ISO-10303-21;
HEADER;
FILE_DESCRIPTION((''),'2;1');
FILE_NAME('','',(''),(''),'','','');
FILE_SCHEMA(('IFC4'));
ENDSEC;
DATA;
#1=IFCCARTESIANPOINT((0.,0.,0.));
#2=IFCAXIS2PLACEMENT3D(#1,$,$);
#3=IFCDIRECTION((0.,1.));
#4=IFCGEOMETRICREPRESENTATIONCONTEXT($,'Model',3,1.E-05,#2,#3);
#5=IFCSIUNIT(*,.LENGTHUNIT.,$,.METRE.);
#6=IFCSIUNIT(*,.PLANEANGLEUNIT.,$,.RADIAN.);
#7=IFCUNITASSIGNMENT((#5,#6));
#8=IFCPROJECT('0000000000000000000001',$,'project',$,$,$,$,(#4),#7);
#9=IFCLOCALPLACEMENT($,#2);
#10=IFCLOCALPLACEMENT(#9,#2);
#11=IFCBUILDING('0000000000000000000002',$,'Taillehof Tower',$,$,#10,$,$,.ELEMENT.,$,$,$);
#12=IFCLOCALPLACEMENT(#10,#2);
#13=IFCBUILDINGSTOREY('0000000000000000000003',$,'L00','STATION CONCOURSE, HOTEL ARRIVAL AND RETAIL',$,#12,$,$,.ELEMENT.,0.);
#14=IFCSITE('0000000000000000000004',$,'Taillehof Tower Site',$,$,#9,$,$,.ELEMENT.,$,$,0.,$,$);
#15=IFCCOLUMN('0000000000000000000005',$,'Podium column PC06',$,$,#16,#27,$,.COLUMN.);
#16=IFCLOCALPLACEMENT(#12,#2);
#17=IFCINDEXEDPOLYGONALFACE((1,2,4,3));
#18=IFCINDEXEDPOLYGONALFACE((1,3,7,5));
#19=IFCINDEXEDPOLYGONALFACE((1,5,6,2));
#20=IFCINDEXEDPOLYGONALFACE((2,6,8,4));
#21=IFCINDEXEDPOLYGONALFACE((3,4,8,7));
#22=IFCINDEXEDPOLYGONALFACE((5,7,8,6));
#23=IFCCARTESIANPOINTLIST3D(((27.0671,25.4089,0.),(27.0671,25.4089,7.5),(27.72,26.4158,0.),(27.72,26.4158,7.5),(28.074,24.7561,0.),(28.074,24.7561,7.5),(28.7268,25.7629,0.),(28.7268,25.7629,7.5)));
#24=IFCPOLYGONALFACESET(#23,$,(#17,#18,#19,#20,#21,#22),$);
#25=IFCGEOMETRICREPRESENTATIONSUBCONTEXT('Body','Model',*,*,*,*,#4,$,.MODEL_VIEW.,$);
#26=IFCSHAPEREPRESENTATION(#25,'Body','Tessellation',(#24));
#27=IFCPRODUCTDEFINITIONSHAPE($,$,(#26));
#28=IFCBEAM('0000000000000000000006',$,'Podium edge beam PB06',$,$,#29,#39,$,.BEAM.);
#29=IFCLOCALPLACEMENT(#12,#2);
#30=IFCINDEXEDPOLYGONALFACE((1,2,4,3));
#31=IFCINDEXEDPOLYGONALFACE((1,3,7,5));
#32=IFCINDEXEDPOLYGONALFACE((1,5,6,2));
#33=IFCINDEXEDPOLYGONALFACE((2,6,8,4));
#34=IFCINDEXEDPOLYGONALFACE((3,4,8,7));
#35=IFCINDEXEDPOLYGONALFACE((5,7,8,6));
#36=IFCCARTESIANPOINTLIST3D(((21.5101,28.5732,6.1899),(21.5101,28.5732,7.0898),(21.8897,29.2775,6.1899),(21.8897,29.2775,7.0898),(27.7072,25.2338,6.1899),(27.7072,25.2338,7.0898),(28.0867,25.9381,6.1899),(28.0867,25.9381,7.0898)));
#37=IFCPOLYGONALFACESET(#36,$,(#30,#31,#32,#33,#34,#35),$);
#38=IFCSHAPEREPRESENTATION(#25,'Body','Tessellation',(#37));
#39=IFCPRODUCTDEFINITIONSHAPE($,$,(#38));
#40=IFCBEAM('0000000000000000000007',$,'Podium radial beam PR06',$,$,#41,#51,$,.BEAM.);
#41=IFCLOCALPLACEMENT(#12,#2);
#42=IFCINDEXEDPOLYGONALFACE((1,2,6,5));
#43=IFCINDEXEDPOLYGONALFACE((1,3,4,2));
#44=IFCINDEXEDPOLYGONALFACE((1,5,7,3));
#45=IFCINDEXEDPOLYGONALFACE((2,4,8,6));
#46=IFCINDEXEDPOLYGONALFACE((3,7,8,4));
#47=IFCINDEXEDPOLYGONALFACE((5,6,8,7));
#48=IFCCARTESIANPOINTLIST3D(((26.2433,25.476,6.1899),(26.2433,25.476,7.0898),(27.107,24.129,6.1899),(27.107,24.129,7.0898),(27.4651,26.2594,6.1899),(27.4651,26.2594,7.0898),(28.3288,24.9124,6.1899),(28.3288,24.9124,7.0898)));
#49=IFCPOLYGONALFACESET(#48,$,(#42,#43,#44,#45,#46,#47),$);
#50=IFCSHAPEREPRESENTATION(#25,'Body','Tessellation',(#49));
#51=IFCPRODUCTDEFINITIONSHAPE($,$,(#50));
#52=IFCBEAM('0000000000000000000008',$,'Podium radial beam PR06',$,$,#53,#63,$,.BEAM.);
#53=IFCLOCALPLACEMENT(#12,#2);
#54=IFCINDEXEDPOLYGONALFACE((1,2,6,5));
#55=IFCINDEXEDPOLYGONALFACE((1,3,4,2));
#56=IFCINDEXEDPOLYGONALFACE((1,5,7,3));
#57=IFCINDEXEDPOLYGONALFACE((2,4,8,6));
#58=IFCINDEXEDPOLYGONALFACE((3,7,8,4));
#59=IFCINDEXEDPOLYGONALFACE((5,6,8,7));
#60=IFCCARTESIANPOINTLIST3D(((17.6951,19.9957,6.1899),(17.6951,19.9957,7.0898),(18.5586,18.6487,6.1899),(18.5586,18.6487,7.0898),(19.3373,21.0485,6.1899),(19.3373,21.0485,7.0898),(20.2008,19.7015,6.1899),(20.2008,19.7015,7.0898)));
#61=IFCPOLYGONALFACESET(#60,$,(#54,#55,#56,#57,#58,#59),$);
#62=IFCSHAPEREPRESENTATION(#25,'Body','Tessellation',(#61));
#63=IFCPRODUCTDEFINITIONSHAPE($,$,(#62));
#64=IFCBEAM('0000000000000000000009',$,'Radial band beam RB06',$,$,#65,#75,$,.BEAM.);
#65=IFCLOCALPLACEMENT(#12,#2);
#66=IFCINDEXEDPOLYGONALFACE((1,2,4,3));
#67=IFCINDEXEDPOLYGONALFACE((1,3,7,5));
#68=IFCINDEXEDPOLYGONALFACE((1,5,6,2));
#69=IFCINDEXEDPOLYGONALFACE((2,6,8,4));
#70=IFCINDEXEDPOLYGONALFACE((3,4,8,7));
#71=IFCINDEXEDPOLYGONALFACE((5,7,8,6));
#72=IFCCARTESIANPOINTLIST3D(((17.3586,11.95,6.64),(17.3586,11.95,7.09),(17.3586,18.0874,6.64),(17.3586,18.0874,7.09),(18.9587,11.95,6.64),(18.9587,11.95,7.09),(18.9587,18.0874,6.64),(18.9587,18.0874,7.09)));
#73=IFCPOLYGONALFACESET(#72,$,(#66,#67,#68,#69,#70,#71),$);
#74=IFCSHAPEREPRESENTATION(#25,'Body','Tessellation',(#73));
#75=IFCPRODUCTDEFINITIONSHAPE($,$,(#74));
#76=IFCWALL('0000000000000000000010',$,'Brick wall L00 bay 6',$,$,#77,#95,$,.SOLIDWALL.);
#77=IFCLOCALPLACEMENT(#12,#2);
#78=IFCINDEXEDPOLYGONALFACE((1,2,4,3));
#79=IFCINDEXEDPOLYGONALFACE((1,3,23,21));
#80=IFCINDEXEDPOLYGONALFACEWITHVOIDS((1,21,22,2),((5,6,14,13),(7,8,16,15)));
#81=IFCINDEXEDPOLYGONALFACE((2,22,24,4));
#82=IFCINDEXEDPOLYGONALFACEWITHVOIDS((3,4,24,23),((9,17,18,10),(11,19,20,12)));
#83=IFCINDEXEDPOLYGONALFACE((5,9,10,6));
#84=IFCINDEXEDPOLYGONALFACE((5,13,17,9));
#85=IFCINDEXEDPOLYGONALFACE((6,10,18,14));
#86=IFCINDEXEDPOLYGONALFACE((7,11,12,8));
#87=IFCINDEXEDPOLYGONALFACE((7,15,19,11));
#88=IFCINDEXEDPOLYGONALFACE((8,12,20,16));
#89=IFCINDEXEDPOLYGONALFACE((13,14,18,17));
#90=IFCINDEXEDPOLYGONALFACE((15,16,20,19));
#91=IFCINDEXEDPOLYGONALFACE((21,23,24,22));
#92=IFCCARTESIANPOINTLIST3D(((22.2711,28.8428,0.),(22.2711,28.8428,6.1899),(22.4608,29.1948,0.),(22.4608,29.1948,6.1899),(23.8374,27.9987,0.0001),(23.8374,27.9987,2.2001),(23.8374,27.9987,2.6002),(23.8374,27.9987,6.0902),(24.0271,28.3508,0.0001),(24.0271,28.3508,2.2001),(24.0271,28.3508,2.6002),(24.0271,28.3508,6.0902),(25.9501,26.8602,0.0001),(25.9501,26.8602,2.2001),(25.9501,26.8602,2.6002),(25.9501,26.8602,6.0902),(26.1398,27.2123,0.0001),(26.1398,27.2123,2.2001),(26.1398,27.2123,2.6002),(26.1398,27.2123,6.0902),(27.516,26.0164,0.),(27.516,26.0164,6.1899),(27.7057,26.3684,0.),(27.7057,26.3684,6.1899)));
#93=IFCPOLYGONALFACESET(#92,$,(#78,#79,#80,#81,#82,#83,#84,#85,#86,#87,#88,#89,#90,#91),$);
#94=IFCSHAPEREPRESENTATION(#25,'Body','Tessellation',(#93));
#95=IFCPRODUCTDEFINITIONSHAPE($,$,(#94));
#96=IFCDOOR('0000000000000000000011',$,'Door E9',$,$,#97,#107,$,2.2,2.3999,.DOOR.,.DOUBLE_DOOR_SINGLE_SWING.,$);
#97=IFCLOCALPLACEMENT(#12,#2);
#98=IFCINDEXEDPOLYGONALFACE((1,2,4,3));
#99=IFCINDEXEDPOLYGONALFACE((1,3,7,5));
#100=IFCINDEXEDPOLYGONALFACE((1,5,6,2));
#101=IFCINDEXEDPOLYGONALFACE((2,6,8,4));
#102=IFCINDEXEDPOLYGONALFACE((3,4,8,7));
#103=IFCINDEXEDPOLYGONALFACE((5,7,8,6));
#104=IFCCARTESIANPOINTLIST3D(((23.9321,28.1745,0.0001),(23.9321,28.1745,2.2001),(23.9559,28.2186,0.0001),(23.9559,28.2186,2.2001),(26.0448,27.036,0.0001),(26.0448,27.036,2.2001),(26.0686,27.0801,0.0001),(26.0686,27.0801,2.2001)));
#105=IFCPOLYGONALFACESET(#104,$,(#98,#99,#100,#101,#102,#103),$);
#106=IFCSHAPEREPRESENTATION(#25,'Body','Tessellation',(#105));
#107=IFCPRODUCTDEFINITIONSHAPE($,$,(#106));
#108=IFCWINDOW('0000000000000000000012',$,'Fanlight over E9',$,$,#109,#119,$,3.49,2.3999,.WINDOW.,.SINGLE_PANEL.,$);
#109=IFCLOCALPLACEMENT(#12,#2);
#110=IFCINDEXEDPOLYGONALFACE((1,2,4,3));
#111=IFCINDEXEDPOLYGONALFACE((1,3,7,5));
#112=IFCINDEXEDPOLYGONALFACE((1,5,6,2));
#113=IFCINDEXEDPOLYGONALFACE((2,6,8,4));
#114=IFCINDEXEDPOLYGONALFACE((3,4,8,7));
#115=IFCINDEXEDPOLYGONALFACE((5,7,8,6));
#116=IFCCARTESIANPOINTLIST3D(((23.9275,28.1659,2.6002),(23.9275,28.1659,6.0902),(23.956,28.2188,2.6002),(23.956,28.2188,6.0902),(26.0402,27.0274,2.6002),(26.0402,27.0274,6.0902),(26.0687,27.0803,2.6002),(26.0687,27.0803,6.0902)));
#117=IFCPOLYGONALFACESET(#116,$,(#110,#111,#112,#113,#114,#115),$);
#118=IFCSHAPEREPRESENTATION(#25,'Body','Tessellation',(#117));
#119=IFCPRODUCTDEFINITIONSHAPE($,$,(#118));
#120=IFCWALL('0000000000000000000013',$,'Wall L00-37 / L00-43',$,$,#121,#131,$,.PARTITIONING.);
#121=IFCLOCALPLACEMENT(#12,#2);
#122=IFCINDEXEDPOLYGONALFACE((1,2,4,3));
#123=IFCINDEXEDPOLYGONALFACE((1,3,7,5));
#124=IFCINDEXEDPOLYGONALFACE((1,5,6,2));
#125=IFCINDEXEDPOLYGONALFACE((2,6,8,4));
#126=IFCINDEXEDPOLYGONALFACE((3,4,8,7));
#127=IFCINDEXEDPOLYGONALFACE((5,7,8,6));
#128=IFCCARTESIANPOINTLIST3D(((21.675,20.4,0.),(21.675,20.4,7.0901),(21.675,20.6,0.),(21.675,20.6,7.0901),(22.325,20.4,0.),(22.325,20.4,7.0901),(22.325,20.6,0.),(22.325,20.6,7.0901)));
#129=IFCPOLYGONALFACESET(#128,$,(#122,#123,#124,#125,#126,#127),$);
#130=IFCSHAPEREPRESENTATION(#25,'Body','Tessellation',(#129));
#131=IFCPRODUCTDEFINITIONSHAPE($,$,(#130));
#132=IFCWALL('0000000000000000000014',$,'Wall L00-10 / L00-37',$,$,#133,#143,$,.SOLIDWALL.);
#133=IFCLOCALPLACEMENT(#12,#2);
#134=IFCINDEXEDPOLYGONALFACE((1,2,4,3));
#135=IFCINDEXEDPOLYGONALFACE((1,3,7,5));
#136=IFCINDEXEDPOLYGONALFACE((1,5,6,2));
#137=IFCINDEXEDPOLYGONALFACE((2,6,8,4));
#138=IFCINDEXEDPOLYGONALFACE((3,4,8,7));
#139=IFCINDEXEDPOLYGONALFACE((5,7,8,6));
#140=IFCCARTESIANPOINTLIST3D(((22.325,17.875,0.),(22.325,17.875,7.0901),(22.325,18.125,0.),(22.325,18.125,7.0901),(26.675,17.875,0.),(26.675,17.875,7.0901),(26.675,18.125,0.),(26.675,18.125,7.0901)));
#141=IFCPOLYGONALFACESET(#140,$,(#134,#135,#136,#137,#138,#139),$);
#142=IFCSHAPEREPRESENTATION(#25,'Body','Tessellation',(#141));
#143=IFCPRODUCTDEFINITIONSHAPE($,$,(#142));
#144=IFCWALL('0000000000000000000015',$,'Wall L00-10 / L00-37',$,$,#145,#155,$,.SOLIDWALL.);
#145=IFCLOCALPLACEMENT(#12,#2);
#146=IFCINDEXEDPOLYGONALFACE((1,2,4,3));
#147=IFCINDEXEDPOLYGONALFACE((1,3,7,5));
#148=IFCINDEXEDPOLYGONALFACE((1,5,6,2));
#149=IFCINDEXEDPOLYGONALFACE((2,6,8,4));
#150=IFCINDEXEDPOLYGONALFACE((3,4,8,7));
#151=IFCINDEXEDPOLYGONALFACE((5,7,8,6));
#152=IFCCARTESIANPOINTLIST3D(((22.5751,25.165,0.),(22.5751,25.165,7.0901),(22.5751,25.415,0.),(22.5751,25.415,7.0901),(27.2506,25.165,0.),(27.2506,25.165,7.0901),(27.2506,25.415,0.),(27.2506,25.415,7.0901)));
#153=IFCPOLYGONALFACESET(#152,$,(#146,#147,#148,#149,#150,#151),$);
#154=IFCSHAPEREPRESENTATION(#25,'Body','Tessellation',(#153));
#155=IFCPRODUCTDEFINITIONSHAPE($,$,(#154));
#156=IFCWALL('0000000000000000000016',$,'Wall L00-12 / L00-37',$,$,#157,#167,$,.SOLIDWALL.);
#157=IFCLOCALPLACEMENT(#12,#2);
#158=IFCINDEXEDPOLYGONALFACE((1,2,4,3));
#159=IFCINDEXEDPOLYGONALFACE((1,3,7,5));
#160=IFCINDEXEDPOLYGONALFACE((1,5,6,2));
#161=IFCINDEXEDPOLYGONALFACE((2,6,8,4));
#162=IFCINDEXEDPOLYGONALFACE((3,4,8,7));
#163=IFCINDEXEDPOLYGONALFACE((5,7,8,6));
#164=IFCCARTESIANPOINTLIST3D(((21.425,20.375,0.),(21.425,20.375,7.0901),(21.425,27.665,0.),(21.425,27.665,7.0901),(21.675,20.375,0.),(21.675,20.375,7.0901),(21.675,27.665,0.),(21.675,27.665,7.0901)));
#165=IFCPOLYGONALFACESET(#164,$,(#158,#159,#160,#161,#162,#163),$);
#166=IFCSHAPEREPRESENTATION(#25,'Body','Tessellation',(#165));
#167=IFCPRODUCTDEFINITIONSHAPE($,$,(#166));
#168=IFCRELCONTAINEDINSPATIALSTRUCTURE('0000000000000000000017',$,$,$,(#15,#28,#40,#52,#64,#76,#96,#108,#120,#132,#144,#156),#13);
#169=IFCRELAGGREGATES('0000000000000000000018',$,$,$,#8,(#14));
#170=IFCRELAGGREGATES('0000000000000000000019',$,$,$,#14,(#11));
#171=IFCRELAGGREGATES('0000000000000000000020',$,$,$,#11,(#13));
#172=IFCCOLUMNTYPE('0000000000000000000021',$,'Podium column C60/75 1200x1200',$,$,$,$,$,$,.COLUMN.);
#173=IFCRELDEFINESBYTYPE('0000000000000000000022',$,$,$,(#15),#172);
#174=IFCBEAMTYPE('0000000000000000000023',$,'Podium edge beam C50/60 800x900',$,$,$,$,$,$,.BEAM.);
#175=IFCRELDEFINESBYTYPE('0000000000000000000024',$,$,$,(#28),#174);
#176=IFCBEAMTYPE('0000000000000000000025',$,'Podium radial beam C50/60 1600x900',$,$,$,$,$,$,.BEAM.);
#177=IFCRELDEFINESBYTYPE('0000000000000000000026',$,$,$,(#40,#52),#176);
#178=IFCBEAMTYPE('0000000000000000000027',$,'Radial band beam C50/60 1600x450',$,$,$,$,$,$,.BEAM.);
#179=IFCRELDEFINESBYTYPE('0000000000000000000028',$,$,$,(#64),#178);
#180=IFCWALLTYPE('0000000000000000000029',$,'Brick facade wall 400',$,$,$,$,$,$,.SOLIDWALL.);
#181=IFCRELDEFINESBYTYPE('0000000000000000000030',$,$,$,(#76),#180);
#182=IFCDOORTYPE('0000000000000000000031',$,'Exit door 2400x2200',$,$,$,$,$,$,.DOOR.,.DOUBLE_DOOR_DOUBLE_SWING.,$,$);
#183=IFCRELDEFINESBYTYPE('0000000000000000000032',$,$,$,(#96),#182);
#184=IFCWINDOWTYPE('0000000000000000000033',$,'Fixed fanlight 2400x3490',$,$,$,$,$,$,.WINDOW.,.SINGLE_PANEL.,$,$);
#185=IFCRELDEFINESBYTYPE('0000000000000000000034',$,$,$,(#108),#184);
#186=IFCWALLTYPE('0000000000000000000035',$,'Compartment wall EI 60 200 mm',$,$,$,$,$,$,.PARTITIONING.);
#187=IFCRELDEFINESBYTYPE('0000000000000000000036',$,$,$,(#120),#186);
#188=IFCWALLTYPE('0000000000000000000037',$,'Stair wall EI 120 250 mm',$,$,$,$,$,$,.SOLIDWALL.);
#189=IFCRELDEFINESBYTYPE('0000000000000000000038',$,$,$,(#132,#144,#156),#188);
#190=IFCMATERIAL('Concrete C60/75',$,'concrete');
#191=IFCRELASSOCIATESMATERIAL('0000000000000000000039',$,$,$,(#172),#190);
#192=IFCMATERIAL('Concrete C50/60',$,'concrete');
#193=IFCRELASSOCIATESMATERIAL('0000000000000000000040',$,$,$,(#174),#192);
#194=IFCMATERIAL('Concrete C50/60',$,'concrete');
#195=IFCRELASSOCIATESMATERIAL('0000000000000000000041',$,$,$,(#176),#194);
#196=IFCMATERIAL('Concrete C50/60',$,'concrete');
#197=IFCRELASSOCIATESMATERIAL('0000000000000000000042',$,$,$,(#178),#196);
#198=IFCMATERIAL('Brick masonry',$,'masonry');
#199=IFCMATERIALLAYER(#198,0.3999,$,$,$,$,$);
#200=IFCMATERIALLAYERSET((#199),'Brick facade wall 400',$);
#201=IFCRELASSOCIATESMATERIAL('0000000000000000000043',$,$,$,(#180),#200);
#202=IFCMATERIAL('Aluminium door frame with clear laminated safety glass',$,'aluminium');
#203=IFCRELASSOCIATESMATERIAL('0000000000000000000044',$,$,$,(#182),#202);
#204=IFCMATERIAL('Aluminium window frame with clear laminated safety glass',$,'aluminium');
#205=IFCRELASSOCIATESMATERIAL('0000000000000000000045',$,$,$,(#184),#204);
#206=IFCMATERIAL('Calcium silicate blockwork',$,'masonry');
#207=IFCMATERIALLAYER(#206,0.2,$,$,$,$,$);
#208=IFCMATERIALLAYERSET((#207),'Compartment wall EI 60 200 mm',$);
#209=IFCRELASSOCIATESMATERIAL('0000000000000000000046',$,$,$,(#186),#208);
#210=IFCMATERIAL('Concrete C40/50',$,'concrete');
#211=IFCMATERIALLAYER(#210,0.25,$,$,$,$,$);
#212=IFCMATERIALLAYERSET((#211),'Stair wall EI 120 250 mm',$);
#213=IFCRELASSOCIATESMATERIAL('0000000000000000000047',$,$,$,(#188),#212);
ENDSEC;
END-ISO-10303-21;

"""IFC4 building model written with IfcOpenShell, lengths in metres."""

from ifc_helpers import new_model, si_unit, direction, frame, frame_2d, origin, origin_2d, place, context, subcontext, project, spatial, rectangle, extrude, material, layer, layer_set, material_profile, profile_set, type_object, element, fill, save


model = new_model("IFC4")

# Units and contexts
model_context = context("Model", 3, precision=1e-05, world=origin(), true_north=direction((0.0, 1.0)))
body_context = subcontext(model_context, "Body", "Model", "MODEL_VIEW")
ifc_project = project(units=[si_unit("LENGTHUNIT", "METRE"), si_unit("PLANEANGLEUNIT", "RADIAN")], contexts=[model_context])

# Site, building, storey
site_placement = place(None, origin())
site = spatial("IfcSite", under=ifc_project, at=site_placement, Name="Taillehof Tower Site", CompositionType="ELEMENT", RefElevation=0.0)
building_placement = place(site_placement, origin())
building = spatial("IfcBuilding", under=site, at=building_placement, Name="Taillehof Tower", CompositionType="ELEMENT")
storey_placement = place(building_placement, origin())
storey = spatial("IfcBuildingStorey", under=building, at=storey_placement, Name="L00", Description="STATION CONCOURSE, HOTEL ARRIVAL AND RETAIL", CompositionType="ELEMENT", Elevation=0.0)

# Column
ifc_material_1 = material(Name="Concrete C60/75", Category="concrete")
ifc_material_profile_1 = material_profile(ifc_material_1, rectangle(XDim=1.2, YDim=1.2, at=origin_2d()), Name="RC 1200x1200")
ifc_profile_set_1 = profile_set([ifc_material_profile_1], Name="Concrete C60/75")
column_type = type_object("IfcColumnType", Name="Podium column C60/75 1200x1200", PredefinedType="COLUMN", material=ifc_profile_set_1)
column_placement = place(storey_placement, frame((27.897, 25.5859, 0.0), z_axis=(0.0, 0.0, 1.0), x_axis=(0.544041, 0.839058, 0.0)))
element("IfcColumn", 1, at=column_placement, inside=storey, type_object=column_type, Name="Podium column PC06", PredefinedType="COLUMN", context=body_context, shape_type="SweptSolid", body=[
    extrude(rectangle(XDim=1.2, YDim=1.2, at=origin_2d()), origin(), (0.0, 0.0, 1.0), 7.5),
])

# Beams
ifc_material_2 = material(Name="Concrete C50/60", Category="concrete")
ifc_material_profile_2 = material_profile(ifc_material_2, rectangle(XDim=0.8, YDim=0.8999, at=origin_2d()), Name="RC 800x900")
ifc_profile_set_2 = profile_set([ifc_material_profile_2], Name="Concrete C50/60")
beam_type_1 = type_object("IfcBeamType", Name="Podium edge beam C50/60 800x900", PredefinedType="BEAM", material=ifc_profile_set_2)
beam_1_placement = place(storey_placement, frame((27.897, 25.5859, 6.6399), z_axis=(-0.880323, 0.474375, 0.0), x_axis=(-0.474375, -0.880323, 0.0)))
element("IfcBeam", 2, at=beam_1_placement, inside=storey, type_object=beam_type_1, Name="Podium edge beam PB06", PredefinedType="BEAM", context=body_context, shape_type="SweptSolid", body=[
    extrude(rectangle(XDim=0.8, YDim=0.8999, at=origin_2d()), origin(), (0.0, 0.0, 1.0), 7.0396),
])
ifc_material_3 = material(Name="Concrete C50/60", Category="concrete")
ifc_material_profile_3 = material_profile(ifc_material_3, rectangle(XDim=1.6001, YDim=0.8999, at=origin_2d()), Name="RC 1600x900")
ifc_profile_set_3 = profile_set([ifc_material_profile_3], Name="Concrete C50/60")
beam_type_2 = type_object("IfcBeamType", Name="Podium radial beam C50/60 1600x900", PredefinedType="BEAM", material=ifc_profile_set_3)
beam_2_placement = place(storey_placement, frame((27.897, 25.5859, 6.6399), z_axis=(-0.841828, -0.539746, 0.0), x_axis=(0.539746, -0.841828, 0.0)))
element("IfcBeam", 3, at=beam_2_placement, inside=storey, type_object=beam_type_2, Name="Podium radial beam PR06", PredefinedType="BEAM", context=body_context, shape_type="SweptSolid", body=[
    extrude(rectangle(XDim=1.6001, YDim=0.8999, at=origin_2d()), origin(), (0.0, 0.0, 1.0), 1.4514),
])
beam_3_placement = place(storey_placement, frame((19.769, 20.375, 6.6399), z_axis=(-0.841853, -0.539707, 0.0), x_axis=(0.539707, -0.841853, 0.0)))
element("IfcBeam", 4, at=beam_3_placement, inside=storey, type_object=beam_type_2, Name="Podium radial beam PR06", PredefinedType="BEAM", context=body_context, shape_type="SweptSolid", body=[
    extrude(rectangle(XDim=1.6001, YDim=0.8999, at=origin_2d()), origin(), (0.0, 0.0, 1.0), 1.9507),
])
ifc_material_4 = material(Name="Concrete C50/60", Category="concrete")
ifc_material_profile_4 = material_profile(ifc_material_4, rectangle(XDim=1.6001, YDim=0.45, at=origin_2d()), Name="RC 1600x450")
ifc_profile_set_4 = profile_set([ifc_material_profile_4], Name="Concrete C50/60")
beam_type_3 = type_object("IfcBeamType", Name="Radial band beam C50/60 1600x450", PredefinedType="BEAM", material=ifc_profile_set_4)
beam_4_placement = place(storey_placement, frame((18.1587, 18.0874, 6.865), z_axis=(0.0, -1.0, 0.0), x_axis=(1.0, 0.0, 0.0)))
element("IfcBeam", 5, at=beam_4_placement, inside=storey, type_object=beam_type_3, Name="Radial band beam RB06", PredefinedType="BEAM", context=body_context, shape_type="SweptSolid", body=[
    extrude(rectangle(XDim=1.6001, YDim=0.45, at=origin_2d()), origin(), (0.0, 0.0, 1.0), 6.1375),
])

# Wall, openings, door, window
ifc_material_5 = material(Name="Brick masonry", Category="masonry")
ifc_layer_1 = layer(ifc_material_5, 0.3999)
ifc_layer_set_1 = layer_set([ifc_layer_1], Name="Brick facade wall 400")
wall_type_1 = type_object("IfcWallType", Name="Brick facade wall 400", PredefinedType="SOLIDWALL", material=ifc_layer_set_1)
wall_1_placement = place(storey_placement, frame((27.6108, 26.1924, 0.0), z_axis=(0.0, 0.0, 1.0), x_axis=(-0.880313, 0.474393, 0.0)))
wall_1 = element("IfcWall", 6, at=wall_1_placement, inside=storey, type_object=wall_type_1, Name="Brick wall L00 bay 6", PredefinedType="SOLIDWALL", context=body_context, shape_type="SweptSolid", body=[
    extrude(rectangle(XDim=5.958, YDim=0.3999, at=frame_2d((2.979, 0.0))), origin(), (0.0, 0.0, 1.0), 6.1899),
])
opening_1_placement = place(wall_1_placement, frame((1.7788, 0.0, 0.0)))
opening_1 = element("IfcOpeningElement", 7, at=opening_1_placement, cuts=wall_1, PredefinedType="OPENING", context=body_context, shape_type="SweptSolid", body=[
    extrude(rectangle(XDim=2.3999, YDim=2.2, at=frame_2d((1.2, 1.1001))), frame((0.0, 0.21, 0.0), z_axis=(0.0, -1.0, 0.0), x_axis=(1.0, 0.0, 0.0)), (0.0, 0.0, 1.0), 0.4199),
])
opening_2_placement = place(wall_1_placement, frame((1.7788, 0.0, 2.6001)))
opening_2 = element("IfcOpeningElement", 8, at=opening_2_placement, cuts=wall_1, PredefinedType="OPENING", context=body_context, shape_type="SweptSolid", body=[
    extrude(rectangle(XDim=2.3999, YDim=3.49, at=frame_2d((1.2, 1.7451))), frame((0.0, 0.21, 0.0), z_axis=(0.0, -1.0, 0.0), x_axis=(1.0, 0.0, 0.0)), (0.0, 0.0, 1.0), 0.4199),
])
ifc_material_6 = material(Name="Aluminium door frame with clear laminated safety glass", Category="aluminium")
door_type_1 = type_object("IfcDoorType", Name="Exit door 2400x2200", OperationType="DOUBLE_DOOR_DOUBLE_SWING", PredefinedType="DOOR", material=ifc_material_6)
door_1_placement = place(opening_1_placement, frame((2.3999, 0.0, 0.0), z_axis=(0.0, 0.0, 1.0), x_axis=(-1.0, 0.0, 0.0)))
door_1 = element("IfcDoor", 9, at=door_1_placement, inside=storey, type_object=door_type_1, Name="Door E9", OperationType="DOUBLE_DOOR_SINGLE_SWING", OverallHeight=2.2, OverallWidth=2.3999, PredefinedType="DOOR", context=body_context, shape_type="SweptSolid", body=[
    extrude(rectangle(XDim=2.3999, YDim=2.2, at=frame_2d((1.2, 1.1001))), frame((0.0, 0.0498, 0.0), z_axis=(0.0, -1.0, 0.0), x_axis=(1.0, 0.0, 0.0)), (0.0, 0.0, 1.0), 0.05),
])
fill(opening_1, door_1)
ifc_material_7 = material(Name="Aluminium window frame with clear laminated safety glass", Category="aluminium")
window_type = type_object("IfcWindowType", Name="Fixed fanlight 2400x3490", PartitioningType="SINGLE_PANEL", PredefinedType="WINDOW", material=ifc_material_7)
window_placement = place(opening_2_placement, origin())
window = element("IfcWindow", 10, at=window_placement, inside=storey, type_object=window_type, Name="Fanlight over E9", OverallHeight=3.49, OverallWidth=2.3999, PartitioningType="SINGLE_PANEL", PredefinedType="WINDOW", context=body_context, shape_type="SweptSolid", body=[
    extrude(rectangle(XDim=2.3999, YDim=3.49, at=frame_2d((1.2, 1.7451))), frame((0.0, 0.01, 0.0), z_axis=(0.0, -1.0, 0.0), x_axis=(1.0, 0.0, 0.0)), (0.0, 0.0, 1.0), 0.0601),
])
fill(opening_2, window)

# Walls
ifc_material_8 = material(Name="Calcium silicate blockwork", Category="masonry")
ifc_layer_2 = layer(ifc_material_8, 0.2)
ifc_layer_set_2 = layer_set([ifc_layer_2], Name="Compartment wall EI 60 200 mm")
wall_type_2 = type_object("IfcWallType", Name="Compartment wall EI 60 200 mm", PredefinedType="PARTITIONING", material=ifc_layer_set_2)
wall_2_placement = place(storey_placement, frame((21.675, 20.5, 0.0), z_axis=(0.0, 0.0, 1.0), x_axis=(1.0, 0.0, 0.0)))
element("IfcWall", 11, at=wall_2_placement, inside=storey, type_object=wall_type_2, Name="Wall L00-37 / L00-43", PredefinedType="PARTITIONING", context=body_context, shape_type="SweptSolid", body=[
    extrude(rectangle(XDim=0.6499, YDim=0.2, at=frame_2d((0.325, 0.0))), origin(), (0.0, 0.0, 1.0), 7.0901),
])
ifc_material_9 = material(Name="Concrete C40/50", Category="concrete")
ifc_layer_3 = layer(ifc_material_9, 0.25)
ifc_layer_set_3 = layer_set([ifc_layer_3], Name="Stair wall EI 120 250 mm")
wall_type_3 = type_object("IfcWallType", Name="Stair wall EI 120 250 mm", PredefinedType="SOLIDWALL", material=ifc_layer_set_3)
wall_3_placement = place(storey_placement, frame((22.325, 18.0, 0.0), z_axis=(0.0, 0.0, 1.0), x_axis=(1.0, 0.0, 0.0)))
element("IfcWall", 12, at=wall_3_placement, inside=storey, type_object=wall_type_3, Name="Wall L00-10 / L00-37", PredefinedType="SOLIDWALL", context=body_context, shape_type="SweptSolid", body=[
    extrude(rectangle(XDim=4.3501, YDim=0.25, at=frame_2d((2.175, 0.0))), origin(), (0.0, 0.0, 1.0), 7.0901),
])
wall_4_placement = place(storey_placement, frame((22.575, 25.29, 0.0), z_axis=(0.0, 0.0, 1.0), x_axis=(1.0, 0.0, 0.0)))
element("IfcWall", 13, at=wall_4_placement, inside=storey, type_object=wall_type_3, Name="Wall L00-10 / L00-37", PredefinedType="SOLIDWALL", context=body_context, shape_type="SweptSolid", body=[
    extrude(rectangle(XDim=4.6755, YDim=0.25, at=frame_2d((2.3379, 0.0))), origin(), (0.0, 0.0, 1.0), 7.0901),
])
wall_5_placement = place(storey_placement, frame((21.55, 20.375, 0.0), z_axis=(0.0, 0.0, 1.0), x_axis=(0.0, 1.0, 0.0)))
element("IfcWall", 14, at=wall_5_placement, inside=storey, type_object=wall_type_3, Name="Wall L00-12 / L00-37", PredefinedType="SOLIDWALL", context=body_context, shape_type="SweptSolid", body=[
    extrude(rectangle(XDim=7.29, YDim=0.25, at=frame_2d((3.645, 0.0))), origin(), (0.0, 0.0, 1.0), 7.0901),
])

save(model, "model.ifc")
